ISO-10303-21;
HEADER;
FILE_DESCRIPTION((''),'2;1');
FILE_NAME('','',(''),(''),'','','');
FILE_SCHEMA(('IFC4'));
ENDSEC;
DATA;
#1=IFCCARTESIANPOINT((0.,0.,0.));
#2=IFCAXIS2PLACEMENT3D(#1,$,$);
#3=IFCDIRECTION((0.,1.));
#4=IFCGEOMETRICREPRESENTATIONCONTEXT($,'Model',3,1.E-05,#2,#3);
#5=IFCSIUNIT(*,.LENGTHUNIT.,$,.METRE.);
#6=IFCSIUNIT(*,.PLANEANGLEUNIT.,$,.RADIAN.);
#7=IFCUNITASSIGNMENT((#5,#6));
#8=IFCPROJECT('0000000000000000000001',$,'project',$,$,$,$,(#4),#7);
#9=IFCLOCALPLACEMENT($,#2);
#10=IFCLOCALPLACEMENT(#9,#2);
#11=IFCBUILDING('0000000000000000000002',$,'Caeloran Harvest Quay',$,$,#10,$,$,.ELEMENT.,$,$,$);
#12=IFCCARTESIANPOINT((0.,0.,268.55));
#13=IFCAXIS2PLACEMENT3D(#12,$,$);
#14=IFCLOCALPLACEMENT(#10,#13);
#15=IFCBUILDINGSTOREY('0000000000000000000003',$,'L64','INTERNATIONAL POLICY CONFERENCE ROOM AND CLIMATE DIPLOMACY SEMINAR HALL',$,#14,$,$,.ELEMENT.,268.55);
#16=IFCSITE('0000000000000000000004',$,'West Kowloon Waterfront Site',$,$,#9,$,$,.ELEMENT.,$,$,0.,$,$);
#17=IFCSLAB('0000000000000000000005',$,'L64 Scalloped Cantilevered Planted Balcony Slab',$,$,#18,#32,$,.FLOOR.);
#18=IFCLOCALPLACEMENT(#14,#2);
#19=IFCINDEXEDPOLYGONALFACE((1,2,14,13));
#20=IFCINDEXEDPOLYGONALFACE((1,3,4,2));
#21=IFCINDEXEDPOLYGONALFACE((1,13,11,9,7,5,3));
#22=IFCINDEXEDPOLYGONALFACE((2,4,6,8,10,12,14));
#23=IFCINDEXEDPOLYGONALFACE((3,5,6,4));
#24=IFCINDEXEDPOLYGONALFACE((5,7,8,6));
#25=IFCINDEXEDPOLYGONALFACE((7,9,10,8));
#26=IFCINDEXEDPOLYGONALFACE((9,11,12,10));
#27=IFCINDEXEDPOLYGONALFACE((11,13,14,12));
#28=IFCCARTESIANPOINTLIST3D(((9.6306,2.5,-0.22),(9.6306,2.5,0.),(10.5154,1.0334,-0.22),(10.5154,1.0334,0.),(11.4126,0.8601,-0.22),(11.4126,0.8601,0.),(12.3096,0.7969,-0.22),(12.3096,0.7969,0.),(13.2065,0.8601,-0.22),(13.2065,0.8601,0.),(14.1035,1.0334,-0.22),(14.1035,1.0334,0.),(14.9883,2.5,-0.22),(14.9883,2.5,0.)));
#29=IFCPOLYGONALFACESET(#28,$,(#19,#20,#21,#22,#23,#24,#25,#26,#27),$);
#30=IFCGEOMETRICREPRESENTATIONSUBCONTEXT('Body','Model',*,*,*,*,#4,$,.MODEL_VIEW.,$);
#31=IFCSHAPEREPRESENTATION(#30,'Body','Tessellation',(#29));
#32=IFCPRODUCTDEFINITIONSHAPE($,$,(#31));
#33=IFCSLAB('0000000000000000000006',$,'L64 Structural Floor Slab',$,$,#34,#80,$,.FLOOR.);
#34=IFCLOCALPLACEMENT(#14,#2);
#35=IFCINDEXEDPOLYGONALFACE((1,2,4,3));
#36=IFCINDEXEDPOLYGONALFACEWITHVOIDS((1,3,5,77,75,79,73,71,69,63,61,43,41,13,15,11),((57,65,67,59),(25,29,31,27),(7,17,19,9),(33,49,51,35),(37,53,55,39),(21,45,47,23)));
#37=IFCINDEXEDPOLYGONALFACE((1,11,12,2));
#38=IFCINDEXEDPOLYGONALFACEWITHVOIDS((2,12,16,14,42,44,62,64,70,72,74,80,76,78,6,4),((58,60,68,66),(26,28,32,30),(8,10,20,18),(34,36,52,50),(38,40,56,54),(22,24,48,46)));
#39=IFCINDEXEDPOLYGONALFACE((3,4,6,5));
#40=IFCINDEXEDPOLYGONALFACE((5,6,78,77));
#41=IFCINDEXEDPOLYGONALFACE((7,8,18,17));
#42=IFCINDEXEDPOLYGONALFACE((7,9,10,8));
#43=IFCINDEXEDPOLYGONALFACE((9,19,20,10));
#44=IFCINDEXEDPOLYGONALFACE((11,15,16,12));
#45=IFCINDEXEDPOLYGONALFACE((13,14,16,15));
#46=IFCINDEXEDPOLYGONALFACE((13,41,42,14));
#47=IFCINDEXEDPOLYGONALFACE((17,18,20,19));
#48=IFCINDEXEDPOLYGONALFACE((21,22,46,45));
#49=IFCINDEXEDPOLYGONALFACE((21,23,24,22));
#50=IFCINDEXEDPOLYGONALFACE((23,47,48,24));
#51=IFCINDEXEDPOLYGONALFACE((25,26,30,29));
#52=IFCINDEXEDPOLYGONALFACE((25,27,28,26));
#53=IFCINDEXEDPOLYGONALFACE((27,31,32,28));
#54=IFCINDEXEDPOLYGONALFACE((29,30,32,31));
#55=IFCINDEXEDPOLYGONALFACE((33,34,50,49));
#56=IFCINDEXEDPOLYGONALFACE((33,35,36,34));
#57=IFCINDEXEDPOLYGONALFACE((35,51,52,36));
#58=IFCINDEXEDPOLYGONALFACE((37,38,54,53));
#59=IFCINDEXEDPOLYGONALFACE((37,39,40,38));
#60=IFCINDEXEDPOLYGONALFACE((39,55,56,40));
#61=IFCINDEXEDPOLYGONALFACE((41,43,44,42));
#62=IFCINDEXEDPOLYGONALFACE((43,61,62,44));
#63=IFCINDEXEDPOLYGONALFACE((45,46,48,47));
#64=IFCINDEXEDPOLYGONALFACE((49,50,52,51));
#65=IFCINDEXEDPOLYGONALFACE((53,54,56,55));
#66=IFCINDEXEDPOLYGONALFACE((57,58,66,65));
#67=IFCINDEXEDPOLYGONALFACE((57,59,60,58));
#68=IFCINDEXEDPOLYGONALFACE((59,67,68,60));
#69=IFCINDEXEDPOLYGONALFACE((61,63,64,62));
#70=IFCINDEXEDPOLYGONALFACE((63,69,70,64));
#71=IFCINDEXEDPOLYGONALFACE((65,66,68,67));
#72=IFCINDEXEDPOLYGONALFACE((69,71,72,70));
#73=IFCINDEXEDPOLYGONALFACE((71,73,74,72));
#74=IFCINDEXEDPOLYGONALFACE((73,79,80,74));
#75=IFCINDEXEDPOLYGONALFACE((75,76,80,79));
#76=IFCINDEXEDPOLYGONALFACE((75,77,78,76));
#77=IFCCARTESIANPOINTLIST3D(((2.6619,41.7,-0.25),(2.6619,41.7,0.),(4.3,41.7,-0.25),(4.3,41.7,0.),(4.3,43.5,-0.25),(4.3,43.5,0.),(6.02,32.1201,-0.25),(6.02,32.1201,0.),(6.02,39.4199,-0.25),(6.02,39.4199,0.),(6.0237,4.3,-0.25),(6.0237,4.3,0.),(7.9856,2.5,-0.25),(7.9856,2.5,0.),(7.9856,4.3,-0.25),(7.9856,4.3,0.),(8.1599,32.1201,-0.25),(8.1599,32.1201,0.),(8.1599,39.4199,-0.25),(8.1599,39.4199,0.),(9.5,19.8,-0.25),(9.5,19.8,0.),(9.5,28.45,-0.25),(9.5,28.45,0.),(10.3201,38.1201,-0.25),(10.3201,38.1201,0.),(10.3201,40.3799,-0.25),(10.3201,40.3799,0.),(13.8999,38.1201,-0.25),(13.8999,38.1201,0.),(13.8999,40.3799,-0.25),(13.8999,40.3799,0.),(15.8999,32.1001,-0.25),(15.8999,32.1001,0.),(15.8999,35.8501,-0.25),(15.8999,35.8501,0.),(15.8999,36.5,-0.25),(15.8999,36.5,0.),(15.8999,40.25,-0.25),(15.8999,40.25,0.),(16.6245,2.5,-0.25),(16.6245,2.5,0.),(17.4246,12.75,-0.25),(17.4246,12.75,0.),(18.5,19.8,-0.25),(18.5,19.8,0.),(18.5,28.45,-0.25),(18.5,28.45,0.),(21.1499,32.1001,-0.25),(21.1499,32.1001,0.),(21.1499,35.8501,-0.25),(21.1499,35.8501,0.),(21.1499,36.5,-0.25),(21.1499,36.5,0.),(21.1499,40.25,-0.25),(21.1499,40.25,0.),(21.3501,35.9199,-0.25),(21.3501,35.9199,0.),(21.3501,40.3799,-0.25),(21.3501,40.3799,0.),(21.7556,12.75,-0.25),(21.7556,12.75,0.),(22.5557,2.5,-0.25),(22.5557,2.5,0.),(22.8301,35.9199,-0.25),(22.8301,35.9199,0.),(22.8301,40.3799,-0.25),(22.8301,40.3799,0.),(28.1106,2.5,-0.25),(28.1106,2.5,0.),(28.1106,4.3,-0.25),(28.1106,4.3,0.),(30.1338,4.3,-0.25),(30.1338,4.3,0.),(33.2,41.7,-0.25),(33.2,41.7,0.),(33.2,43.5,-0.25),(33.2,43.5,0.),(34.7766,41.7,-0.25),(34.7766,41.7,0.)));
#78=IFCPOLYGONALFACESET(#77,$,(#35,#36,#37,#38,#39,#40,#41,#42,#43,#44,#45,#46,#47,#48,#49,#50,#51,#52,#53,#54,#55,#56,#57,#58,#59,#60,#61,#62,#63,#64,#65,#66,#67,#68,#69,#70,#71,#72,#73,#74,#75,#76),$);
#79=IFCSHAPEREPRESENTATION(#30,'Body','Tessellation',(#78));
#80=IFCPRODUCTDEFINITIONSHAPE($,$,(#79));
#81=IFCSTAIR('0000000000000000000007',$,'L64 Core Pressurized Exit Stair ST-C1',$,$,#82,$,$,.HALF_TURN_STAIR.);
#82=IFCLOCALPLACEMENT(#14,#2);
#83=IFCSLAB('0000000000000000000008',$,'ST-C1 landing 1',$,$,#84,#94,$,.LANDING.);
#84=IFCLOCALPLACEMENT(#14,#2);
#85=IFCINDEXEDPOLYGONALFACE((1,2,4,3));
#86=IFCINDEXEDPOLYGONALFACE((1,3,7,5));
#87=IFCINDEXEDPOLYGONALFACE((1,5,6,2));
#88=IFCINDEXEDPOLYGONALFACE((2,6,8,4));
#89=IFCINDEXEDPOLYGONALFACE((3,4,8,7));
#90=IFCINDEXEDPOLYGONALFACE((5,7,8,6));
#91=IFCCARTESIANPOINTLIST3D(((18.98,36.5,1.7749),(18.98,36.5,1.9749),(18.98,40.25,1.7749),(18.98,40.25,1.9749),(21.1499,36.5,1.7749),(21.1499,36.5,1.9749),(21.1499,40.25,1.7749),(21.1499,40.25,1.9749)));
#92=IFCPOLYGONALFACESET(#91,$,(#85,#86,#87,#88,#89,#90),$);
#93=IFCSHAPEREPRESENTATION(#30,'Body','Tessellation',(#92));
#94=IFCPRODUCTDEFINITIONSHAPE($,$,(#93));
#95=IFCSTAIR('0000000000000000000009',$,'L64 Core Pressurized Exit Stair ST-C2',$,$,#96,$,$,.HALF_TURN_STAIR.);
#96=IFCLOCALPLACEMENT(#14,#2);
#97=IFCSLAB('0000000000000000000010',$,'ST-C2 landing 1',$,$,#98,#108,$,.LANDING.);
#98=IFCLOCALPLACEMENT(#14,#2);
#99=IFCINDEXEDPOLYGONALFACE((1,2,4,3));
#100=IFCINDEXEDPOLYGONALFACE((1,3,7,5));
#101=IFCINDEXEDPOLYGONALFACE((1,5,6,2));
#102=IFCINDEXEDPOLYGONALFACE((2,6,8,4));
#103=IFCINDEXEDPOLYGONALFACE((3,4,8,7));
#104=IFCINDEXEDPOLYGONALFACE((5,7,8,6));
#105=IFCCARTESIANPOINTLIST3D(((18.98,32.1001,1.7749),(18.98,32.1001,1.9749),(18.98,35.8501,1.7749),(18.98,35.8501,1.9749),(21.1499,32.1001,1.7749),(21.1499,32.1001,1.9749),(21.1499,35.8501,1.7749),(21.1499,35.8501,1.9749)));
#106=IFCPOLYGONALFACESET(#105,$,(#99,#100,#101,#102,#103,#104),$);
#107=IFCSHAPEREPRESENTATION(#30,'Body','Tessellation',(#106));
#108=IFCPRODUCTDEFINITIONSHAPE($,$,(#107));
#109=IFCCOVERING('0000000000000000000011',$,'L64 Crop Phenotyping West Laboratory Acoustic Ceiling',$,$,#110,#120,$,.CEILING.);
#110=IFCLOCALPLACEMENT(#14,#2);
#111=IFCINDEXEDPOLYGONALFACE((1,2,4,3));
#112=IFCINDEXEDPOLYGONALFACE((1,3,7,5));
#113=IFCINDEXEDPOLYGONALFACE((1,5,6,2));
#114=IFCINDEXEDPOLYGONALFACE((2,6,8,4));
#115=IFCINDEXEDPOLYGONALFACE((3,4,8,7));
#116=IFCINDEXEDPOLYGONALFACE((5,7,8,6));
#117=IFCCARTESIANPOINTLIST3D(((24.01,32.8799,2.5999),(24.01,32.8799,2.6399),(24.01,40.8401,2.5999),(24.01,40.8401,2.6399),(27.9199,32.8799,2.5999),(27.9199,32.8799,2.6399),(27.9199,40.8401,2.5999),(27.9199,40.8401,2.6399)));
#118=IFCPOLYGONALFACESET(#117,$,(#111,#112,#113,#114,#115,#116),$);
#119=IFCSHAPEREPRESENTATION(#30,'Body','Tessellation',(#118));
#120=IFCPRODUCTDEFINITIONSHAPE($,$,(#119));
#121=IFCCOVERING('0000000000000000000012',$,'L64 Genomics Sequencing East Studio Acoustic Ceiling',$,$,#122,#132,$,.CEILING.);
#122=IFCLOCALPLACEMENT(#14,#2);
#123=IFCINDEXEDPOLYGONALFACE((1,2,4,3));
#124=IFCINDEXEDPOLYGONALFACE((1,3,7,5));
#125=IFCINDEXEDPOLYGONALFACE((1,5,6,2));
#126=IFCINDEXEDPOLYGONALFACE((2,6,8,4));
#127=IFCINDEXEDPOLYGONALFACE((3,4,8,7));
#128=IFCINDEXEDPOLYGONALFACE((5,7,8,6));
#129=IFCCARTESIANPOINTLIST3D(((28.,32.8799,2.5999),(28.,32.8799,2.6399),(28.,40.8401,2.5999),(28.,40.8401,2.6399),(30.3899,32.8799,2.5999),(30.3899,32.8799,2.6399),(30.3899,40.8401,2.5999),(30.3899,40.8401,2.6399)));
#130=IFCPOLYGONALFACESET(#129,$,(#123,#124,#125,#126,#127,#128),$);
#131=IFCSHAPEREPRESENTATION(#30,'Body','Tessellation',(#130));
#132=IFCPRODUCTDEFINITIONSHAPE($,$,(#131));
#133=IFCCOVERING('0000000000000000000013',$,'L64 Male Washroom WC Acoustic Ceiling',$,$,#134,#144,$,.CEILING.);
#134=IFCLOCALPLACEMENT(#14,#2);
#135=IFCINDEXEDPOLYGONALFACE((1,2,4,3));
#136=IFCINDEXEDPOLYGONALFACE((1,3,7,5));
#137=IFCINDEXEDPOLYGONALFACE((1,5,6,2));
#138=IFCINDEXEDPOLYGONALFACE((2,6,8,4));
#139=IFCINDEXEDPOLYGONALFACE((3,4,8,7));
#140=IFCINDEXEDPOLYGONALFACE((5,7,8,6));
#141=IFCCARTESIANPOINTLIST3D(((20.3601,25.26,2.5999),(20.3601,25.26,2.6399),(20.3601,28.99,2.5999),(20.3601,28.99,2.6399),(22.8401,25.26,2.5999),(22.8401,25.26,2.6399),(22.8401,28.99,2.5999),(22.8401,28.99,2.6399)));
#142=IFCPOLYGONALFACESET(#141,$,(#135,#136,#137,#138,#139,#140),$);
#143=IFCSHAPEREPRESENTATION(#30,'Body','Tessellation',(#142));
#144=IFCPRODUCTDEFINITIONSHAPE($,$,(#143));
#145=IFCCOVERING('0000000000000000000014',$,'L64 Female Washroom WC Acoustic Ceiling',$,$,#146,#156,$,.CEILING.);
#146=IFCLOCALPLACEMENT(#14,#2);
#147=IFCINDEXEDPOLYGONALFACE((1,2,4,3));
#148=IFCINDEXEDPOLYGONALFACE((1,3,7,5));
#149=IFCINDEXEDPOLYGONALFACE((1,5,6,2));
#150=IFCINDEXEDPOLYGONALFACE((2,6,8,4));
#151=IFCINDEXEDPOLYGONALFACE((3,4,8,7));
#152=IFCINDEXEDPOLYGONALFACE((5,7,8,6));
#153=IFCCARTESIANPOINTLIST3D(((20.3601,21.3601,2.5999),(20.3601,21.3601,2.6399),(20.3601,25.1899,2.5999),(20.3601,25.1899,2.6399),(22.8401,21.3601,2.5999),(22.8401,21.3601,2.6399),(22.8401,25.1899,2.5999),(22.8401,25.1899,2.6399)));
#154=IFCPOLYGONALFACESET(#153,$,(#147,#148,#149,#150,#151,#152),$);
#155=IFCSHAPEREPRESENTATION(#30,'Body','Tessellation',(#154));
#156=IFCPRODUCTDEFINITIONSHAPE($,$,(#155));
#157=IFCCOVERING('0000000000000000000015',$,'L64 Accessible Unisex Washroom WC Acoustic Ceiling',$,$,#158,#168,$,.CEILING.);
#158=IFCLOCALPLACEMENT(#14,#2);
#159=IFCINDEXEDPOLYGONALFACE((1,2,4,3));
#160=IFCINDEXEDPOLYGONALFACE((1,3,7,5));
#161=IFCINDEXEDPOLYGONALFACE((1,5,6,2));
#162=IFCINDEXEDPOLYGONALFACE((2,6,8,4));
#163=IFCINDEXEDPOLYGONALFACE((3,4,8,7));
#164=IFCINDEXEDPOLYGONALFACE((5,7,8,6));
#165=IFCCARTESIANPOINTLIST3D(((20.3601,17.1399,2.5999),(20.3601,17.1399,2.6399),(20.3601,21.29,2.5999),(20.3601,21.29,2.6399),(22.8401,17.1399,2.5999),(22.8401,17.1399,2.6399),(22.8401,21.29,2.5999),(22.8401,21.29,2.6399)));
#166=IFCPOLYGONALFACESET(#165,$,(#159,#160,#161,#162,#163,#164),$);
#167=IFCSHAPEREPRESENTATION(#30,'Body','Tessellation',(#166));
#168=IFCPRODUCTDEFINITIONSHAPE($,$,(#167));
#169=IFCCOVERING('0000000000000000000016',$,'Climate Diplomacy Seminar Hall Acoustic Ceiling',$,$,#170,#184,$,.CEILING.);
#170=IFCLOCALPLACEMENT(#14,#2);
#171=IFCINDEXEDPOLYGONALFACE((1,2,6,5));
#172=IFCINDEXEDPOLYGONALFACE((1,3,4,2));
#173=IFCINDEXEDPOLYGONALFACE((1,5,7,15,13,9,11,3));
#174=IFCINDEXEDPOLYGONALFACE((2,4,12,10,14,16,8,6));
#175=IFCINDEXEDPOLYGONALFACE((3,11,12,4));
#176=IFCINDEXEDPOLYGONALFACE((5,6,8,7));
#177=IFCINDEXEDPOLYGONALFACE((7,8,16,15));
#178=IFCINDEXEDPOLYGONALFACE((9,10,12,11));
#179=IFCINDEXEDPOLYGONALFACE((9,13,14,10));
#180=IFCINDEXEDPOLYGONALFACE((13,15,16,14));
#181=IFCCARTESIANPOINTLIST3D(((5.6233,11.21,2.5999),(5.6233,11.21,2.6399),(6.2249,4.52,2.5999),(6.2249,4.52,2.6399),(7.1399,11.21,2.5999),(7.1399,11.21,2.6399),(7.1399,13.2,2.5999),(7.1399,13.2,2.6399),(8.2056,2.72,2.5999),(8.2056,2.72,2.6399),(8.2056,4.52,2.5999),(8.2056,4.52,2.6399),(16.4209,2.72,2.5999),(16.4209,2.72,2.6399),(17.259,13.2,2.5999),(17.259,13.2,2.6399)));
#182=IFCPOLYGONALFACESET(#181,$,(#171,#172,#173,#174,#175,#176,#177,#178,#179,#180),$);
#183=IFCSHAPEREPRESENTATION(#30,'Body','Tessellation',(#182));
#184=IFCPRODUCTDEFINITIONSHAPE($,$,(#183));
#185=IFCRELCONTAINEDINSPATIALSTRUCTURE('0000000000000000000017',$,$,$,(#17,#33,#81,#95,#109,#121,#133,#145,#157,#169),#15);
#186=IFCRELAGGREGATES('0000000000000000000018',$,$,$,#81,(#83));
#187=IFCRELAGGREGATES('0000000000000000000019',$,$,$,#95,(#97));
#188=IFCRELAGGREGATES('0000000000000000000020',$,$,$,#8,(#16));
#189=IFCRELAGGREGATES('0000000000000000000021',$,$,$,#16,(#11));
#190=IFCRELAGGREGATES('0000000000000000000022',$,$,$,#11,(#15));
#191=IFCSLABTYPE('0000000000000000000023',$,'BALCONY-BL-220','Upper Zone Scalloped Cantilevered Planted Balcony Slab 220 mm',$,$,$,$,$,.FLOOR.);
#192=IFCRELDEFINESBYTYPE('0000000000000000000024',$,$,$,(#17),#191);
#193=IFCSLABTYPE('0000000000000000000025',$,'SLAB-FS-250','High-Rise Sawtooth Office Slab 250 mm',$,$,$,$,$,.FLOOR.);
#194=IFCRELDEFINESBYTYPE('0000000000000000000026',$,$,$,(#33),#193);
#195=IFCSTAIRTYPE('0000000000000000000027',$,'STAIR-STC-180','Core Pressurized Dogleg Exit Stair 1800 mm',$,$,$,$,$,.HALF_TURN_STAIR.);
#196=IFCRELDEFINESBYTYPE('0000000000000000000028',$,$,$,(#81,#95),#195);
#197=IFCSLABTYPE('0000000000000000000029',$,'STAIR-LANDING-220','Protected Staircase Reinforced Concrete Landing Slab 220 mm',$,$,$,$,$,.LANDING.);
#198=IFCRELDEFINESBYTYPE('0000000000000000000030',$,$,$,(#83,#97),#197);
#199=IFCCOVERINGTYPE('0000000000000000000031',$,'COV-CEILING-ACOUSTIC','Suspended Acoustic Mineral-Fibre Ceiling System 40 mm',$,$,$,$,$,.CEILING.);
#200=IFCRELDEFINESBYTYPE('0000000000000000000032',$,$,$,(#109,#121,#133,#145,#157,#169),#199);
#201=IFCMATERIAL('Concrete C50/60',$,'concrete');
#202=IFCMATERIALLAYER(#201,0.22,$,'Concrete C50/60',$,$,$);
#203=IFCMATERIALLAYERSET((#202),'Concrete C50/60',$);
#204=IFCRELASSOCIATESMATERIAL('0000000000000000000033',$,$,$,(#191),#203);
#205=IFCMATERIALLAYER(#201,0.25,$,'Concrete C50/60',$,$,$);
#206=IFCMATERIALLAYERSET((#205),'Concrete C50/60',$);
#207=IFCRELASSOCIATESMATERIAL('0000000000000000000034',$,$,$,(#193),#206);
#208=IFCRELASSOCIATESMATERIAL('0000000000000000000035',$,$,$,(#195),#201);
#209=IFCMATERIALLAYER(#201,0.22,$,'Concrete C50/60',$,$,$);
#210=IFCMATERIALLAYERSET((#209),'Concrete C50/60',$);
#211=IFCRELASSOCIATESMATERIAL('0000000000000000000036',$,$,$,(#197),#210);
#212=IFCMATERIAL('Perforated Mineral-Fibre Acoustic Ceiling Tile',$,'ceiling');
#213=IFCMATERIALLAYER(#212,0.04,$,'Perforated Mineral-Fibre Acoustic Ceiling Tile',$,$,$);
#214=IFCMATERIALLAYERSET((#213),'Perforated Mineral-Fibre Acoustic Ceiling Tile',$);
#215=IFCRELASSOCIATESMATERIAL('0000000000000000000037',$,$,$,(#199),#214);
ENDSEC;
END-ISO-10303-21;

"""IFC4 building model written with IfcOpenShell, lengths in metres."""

from ifc_helpers import new_model, si_unit, direction, frame, origin, place, context, subcontext, project, spatial, polyline, outline, extrude, material, layer, layer_set, type_object, element, aggregate, save


model = new_model("IFC4")

# Units and contexts
model_context = context("Model", 3, precision=1e-05, world=origin(), true_north=direction((0.0, 1.0)))
body_context = subcontext(model_context, "Body", "Model", "MODEL_VIEW")
ifc_project = project(units=[si_unit("LENGTHUNIT", "METRE"), si_unit("PLANEANGLEUNIT", "RADIAN")], contexts=[model_context])

# Site, building, storey
site_placement = place(None, origin())
site = spatial("IfcSite", under=ifc_project, at=site_placement, Name="West Kowloon Waterfront Site", CompositionType="ELEMENT", RefElevation=0.0)
building_placement = place(site_placement, origin())
building = spatial("IfcBuilding", under=site, at=building_placement, Name="Caeloran Harvest Quay", CompositionType="ELEMENT")
storey_placement = place(building_placement, frame((0.0, 0.0, 268.55)))
storey = spatial("IfcBuildingStorey", under=building, at=storey_placement, Name="L64", Description="INTERNATIONAL POLICY CONFERENCE ROOM AND CLIMATE DIPLOMACY SEMINAR HALL", CompositionType="ELEMENT", Elevation=268.55)

# Slabs
ifc_material_1 = material(Name="Concrete C50/60", Category="concrete")
ifc_layer_1 = layer(ifc_material_1, 0.22, Name="Concrete C50/60")
ifc_layer_set_1 = layer_set([ifc_layer_1], Name="Concrete C50/60")
slab_type_1 = type_object("IfcSlabType", Name="BALCONY-BL-220", Description="Upper Zone Scalloped Cantilevered Planted Balcony Slab 220 mm", PredefinedType="FLOOR", material=ifc_layer_set_1)
slab_1_placement = place(storey_placement, frame((0.0, 0.0, -0.22)))
element("IfcSlab", 1, at=slab_1_placement, inside=storey, type_object=slab_type_1, Name="L64 Scalloped Cantilevered Planted Balcony Slab", PredefinedType="FLOOR", context=body_context, shape_type="SweptSolid", body=[
    extrude(outline(polyline([(14.1035, 1.0334), (13.2065, 0.8601), (12.3096, 0.7969), (11.4126, 0.8601), (10.5154, 1.0334), (9.6306, 2.5), (14.9883, 2.5), (14.1035, 1.0334)])), origin(), (0.0, 0.0, 1.0), 0.22),
])
ifc_layer_2 = layer(ifc_material_1, 0.25, Name="Concrete C50/60")
ifc_layer_set_2 = layer_set([ifc_layer_2], Name="Concrete C50/60")
slab_type_2 = type_object("IfcSlabType", Name="SLAB-FS-250", Description="High-Rise Sawtooth Office Slab 250 mm", PredefinedType="FLOOR", material=ifc_layer_set_2)
slab_2_placement = place(storey_placement, frame((0.0, 0.0, -0.25)))
element("IfcSlab", 2, at=slab_2_placement, inside=storey, type_object=slab_type_2, Name="L64 Structural Floor Slab", PredefinedType="FLOOR", context=body_context, shape_type="SweptSolid", body=[
    extrude(outline(polyline([(7.9856, 2.5), (16.6245, 2.5), (17.4246, 12.75), (21.7556, 12.75), (22.5557, 2.5), (28.1106, 2.5), (28.1106, 4.3), (30.1338, 4.3), (34.7766, 41.7), (33.2, 41.7), (33.2, 43.5), (4.3, 43.5), (4.3, 41.7), (2.6619, 41.7), (6.0237, 4.3), (7.9856, 4.3), (7.9856, 2.5)]), holes=[polyline([(18.5, 28.45), (18.5, 19.8), (9.5, 19.8), (9.5, 28.45), (18.5, 28.45)]), polyline([(15.8999, 32.1001), (15.8999, 35.8501), (21.1499, 35.8501), (21.1499, 32.1001), (15.8999, 32.1001)]), polyline([(8.1599, 32.1201), (6.02, 32.1201), (6.02, 39.4199), (8.1599, 39.4199), (8.1599, 32.1201)]), polyline([(22.8301, 40.3799), (22.8301, 35.9199), (21.3501, 35.9199), (21.3501, 40.3799), (22.8301, 40.3799)]), polyline([(15.8999, 36.5), (15.8999, 40.25), (21.1499, 40.25), (21.1499, 36.5), (15.8999, 36.5)]), polyline([(13.8999, 38.1201), (10.3201, 38.1201), (10.3201, 40.3799), (13.8999, 40.3799), (13.8999, 38.1201)])]), origin(), (0.0, 0.0, 1.0), 0.25),
])

# Stairs, slabs
stair_type = type_object("IfcStairType", Name="STAIR-STC-180", Description="Core Pressurized Dogleg Exit Stair 1800 mm", PredefinedType="HALF_TURN_STAIR", material=ifc_material_1)
stair_1_placement = place(storey_placement, origin())
stair_1 = element("IfcStair", 3, at=stair_1_placement, inside=storey, type_object=stair_type, Name="L64 Core Pressurized Exit Stair ST-C1", PredefinedType="HALF_TURN_STAIR")
ifc_layer_3 = layer(ifc_material_1, 0.22, Name="Concrete C50/60")
ifc_layer_set_3 = layer_set([ifc_layer_3], Name="Concrete C50/60")
slab_type_3 = type_object("IfcSlabType", Name="STAIR-LANDING-220", Description="Protected Staircase Reinforced Concrete Landing Slab 220 mm", PredefinedType="LANDING", material=ifc_layer_set_3)
slab_3_placement = place(storey_placement, frame((0.0, 0.0, 1.7749)))
slab_3 = element("IfcSlab", 4, at=slab_3_placement, type_object=slab_type_3, Name="ST-C1 landing 1", PredefinedType="LANDING", context=body_context, shape_type="SweptSolid", body=[
    extrude(outline(polyline([(18.98, 36.5), (21.1499, 36.5), (21.1499, 40.25), (18.98, 40.25), (18.98, 36.5)])), origin(), (0.0, 0.0, 1.0), 0.2),
])
aggregate(stair_1, [slab_3])
stair_2_placement = place(storey_placement, origin())
stair_2 = element("IfcStair", 5, at=stair_2_placement, inside=storey, type_object=stair_type, Name="L64 Core Pressurized Exit Stair ST-C2", PredefinedType="HALF_TURN_STAIR")
slab_4_placement = place(storey_placement, frame((0.0, 0.0, 1.7749)))
slab_4 = element("IfcSlab", 6, at=slab_4_placement, type_object=slab_type_3, Name="ST-C2 landing 1", PredefinedType="LANDING", context=body_context, shape_type="SweptSolid", body=[
    extrude(outline(polyline([(18.98, 32.1001), (21.1499, 32.1001), (21.1499, 35.8501), (18.98, 35.8501), (18.98, 32.1001)])), origin(), (0.0, 0.0, 1.0), 0.2),
])
aggregate(stair_2, [slab_4])

# Coverings
ifc_material_2 = material(Name="Perforated Mineral-Fibre Acoustic Ceiling Tile", Category="ceiling")
ifc_layer_4 = layer(ifc_material_2, 0.04, Name="Perforated Mineral-Fibre Acoustic Ceiling Tile")
ifc_layer_set_4 = layer_set([ifc_layer_4], Name="Perforated Mineral-Fibre Acoustic Ceiling Tile")
covering_type_1 = type_object("IfcCoveringType", Name="COV-CEILING-ACOUSTIC", Description="Suspended Acoustic Mineral-Fibre Ceiling System 40 mm", PredefinedType="CEILING", material=ifc_layer_set_4)
covering_1_placement = place(storey_placement, frame((0.0, 0.0, 2.5999)))
element("IfcCovering", 7, at=covering_1_placement, inside=storey, type_object=covering_type_1, Name="L64 Crop Phenotyping West Laboratory Acoustic Ceiling", PredefinedType="CEILING", context=body_context, shape_type="SweptSolid", body=[
    extrude(outline(polyline([(27.9199, 40.8401), (27.9199, 32.8799), (24.01, 32.8799), (24.01, 40.8401), (27.9199, 40.8401)])), origin(), (0.0, 0.0, 1.0), 0.04),
])
covering_2_placement = place(storey_placement, frame((0.0, 0.0, 2.5999)))
element("IfcCovering", 8, at=covering_2_placement, inside=storey, type_object=covering_type_1, Name="L64 Genomics Sequencing East Studio Acoustic Ceiling", PredefinedType="CEILING", context=body_context, shape_type="SweptSolid", body=[
    extrude(outline(polyline([(30.3899, 40.8401), (30.3899, 32.8799), (28.0, 32.8799), (28.0, 40.8401), (30.3899, 40.8401)])), origin(), (0.0, 0.0, 1.0), 0.04),
])
covering_3_placement = place(storey_placement, frame((0.0, 0.0, 2.5999)))
element("IfcCovering", 9, at=covering_3_placement, inside=storey, type_object=covering_type_1, Name="L64 Male Washroom WC Acoustic Ceiling", PredefinedType="CEILING", context=body_context, shape_type="SweptSolid", body=[
    extrude(outline(polyline([(22.8401, 28.99), (22.8401, 25.26), (20.3601, 25.26), (20.3601, 28.99), (22.8401, 28.99)])), origin(), (0.0, 0.0, 1.0), 0.04),
])
covering_4_placement = place(storey_placement, frame((0.0, 0.0, 2.5999)))
element("IfcCovering", 10, at=covering_4_placement, inside=storey, type_object=covering_type_1, Name="L64 Female Washroom WC Acoustic Ceiling", PredefinedType="CEILING", context=body_context, shape_type="SweptSolid", body=[
    extrude(outline(polyline([(22.8401, 25.1899), (22.8401, 21.3601), (20.3601, 21.3601), (20.3601, 25.1899), (22.8401, 25.1899)])), origin(), (0.0, 0.0, 1.0), 0.04),
])
covering_5_placement = place(storey_placement, frame((0.0, 0.0, 2.5999)))
element("IfcCovering", 11, at=covering_5_placement, inside=storey, type_object=covering_type_1, Name="L64 Accessible Unisex Washroom WC Acoustic Ceiling", PredefinedType="CEILING", context=body_context, shape_type="SweptSolid", body=[
    extrude(outline(polyline([(22.8401, 21.29), (22.8401, 17.1399), (20.3601, 17.1399), (20.3601, 21.29), (22.8401, 21.29)])), origin(), (0.0, 0.0, 1.0), 0.04),
])
covering_6_placement = place(storey_placement, frame((0.0, 0.0, 2.5999)))
element("IfcCovering", 12, at=covering_6_placement, inside=storey, type_object=covering_type_1, Name="Climate Diplomacy Seminar Hall Acoustic Ceiling", PredefinedType="CEILING", context=body_context, shape_type="SweptSolid", body=[
    extrude(outline(polyline([(17.259, 13.2), (16.4209, 2.72), (8.2056, 2.72), (8.2056, 4.52), (6.2249, 4.52), (5.6233, 11.21), (7.1399, 11.21), (7.1399, 13.2), (17.259, 13.2)])), origin(), (0.0, 0.0, 1.0), 0.04),
])

save(model, "model.ifc")
